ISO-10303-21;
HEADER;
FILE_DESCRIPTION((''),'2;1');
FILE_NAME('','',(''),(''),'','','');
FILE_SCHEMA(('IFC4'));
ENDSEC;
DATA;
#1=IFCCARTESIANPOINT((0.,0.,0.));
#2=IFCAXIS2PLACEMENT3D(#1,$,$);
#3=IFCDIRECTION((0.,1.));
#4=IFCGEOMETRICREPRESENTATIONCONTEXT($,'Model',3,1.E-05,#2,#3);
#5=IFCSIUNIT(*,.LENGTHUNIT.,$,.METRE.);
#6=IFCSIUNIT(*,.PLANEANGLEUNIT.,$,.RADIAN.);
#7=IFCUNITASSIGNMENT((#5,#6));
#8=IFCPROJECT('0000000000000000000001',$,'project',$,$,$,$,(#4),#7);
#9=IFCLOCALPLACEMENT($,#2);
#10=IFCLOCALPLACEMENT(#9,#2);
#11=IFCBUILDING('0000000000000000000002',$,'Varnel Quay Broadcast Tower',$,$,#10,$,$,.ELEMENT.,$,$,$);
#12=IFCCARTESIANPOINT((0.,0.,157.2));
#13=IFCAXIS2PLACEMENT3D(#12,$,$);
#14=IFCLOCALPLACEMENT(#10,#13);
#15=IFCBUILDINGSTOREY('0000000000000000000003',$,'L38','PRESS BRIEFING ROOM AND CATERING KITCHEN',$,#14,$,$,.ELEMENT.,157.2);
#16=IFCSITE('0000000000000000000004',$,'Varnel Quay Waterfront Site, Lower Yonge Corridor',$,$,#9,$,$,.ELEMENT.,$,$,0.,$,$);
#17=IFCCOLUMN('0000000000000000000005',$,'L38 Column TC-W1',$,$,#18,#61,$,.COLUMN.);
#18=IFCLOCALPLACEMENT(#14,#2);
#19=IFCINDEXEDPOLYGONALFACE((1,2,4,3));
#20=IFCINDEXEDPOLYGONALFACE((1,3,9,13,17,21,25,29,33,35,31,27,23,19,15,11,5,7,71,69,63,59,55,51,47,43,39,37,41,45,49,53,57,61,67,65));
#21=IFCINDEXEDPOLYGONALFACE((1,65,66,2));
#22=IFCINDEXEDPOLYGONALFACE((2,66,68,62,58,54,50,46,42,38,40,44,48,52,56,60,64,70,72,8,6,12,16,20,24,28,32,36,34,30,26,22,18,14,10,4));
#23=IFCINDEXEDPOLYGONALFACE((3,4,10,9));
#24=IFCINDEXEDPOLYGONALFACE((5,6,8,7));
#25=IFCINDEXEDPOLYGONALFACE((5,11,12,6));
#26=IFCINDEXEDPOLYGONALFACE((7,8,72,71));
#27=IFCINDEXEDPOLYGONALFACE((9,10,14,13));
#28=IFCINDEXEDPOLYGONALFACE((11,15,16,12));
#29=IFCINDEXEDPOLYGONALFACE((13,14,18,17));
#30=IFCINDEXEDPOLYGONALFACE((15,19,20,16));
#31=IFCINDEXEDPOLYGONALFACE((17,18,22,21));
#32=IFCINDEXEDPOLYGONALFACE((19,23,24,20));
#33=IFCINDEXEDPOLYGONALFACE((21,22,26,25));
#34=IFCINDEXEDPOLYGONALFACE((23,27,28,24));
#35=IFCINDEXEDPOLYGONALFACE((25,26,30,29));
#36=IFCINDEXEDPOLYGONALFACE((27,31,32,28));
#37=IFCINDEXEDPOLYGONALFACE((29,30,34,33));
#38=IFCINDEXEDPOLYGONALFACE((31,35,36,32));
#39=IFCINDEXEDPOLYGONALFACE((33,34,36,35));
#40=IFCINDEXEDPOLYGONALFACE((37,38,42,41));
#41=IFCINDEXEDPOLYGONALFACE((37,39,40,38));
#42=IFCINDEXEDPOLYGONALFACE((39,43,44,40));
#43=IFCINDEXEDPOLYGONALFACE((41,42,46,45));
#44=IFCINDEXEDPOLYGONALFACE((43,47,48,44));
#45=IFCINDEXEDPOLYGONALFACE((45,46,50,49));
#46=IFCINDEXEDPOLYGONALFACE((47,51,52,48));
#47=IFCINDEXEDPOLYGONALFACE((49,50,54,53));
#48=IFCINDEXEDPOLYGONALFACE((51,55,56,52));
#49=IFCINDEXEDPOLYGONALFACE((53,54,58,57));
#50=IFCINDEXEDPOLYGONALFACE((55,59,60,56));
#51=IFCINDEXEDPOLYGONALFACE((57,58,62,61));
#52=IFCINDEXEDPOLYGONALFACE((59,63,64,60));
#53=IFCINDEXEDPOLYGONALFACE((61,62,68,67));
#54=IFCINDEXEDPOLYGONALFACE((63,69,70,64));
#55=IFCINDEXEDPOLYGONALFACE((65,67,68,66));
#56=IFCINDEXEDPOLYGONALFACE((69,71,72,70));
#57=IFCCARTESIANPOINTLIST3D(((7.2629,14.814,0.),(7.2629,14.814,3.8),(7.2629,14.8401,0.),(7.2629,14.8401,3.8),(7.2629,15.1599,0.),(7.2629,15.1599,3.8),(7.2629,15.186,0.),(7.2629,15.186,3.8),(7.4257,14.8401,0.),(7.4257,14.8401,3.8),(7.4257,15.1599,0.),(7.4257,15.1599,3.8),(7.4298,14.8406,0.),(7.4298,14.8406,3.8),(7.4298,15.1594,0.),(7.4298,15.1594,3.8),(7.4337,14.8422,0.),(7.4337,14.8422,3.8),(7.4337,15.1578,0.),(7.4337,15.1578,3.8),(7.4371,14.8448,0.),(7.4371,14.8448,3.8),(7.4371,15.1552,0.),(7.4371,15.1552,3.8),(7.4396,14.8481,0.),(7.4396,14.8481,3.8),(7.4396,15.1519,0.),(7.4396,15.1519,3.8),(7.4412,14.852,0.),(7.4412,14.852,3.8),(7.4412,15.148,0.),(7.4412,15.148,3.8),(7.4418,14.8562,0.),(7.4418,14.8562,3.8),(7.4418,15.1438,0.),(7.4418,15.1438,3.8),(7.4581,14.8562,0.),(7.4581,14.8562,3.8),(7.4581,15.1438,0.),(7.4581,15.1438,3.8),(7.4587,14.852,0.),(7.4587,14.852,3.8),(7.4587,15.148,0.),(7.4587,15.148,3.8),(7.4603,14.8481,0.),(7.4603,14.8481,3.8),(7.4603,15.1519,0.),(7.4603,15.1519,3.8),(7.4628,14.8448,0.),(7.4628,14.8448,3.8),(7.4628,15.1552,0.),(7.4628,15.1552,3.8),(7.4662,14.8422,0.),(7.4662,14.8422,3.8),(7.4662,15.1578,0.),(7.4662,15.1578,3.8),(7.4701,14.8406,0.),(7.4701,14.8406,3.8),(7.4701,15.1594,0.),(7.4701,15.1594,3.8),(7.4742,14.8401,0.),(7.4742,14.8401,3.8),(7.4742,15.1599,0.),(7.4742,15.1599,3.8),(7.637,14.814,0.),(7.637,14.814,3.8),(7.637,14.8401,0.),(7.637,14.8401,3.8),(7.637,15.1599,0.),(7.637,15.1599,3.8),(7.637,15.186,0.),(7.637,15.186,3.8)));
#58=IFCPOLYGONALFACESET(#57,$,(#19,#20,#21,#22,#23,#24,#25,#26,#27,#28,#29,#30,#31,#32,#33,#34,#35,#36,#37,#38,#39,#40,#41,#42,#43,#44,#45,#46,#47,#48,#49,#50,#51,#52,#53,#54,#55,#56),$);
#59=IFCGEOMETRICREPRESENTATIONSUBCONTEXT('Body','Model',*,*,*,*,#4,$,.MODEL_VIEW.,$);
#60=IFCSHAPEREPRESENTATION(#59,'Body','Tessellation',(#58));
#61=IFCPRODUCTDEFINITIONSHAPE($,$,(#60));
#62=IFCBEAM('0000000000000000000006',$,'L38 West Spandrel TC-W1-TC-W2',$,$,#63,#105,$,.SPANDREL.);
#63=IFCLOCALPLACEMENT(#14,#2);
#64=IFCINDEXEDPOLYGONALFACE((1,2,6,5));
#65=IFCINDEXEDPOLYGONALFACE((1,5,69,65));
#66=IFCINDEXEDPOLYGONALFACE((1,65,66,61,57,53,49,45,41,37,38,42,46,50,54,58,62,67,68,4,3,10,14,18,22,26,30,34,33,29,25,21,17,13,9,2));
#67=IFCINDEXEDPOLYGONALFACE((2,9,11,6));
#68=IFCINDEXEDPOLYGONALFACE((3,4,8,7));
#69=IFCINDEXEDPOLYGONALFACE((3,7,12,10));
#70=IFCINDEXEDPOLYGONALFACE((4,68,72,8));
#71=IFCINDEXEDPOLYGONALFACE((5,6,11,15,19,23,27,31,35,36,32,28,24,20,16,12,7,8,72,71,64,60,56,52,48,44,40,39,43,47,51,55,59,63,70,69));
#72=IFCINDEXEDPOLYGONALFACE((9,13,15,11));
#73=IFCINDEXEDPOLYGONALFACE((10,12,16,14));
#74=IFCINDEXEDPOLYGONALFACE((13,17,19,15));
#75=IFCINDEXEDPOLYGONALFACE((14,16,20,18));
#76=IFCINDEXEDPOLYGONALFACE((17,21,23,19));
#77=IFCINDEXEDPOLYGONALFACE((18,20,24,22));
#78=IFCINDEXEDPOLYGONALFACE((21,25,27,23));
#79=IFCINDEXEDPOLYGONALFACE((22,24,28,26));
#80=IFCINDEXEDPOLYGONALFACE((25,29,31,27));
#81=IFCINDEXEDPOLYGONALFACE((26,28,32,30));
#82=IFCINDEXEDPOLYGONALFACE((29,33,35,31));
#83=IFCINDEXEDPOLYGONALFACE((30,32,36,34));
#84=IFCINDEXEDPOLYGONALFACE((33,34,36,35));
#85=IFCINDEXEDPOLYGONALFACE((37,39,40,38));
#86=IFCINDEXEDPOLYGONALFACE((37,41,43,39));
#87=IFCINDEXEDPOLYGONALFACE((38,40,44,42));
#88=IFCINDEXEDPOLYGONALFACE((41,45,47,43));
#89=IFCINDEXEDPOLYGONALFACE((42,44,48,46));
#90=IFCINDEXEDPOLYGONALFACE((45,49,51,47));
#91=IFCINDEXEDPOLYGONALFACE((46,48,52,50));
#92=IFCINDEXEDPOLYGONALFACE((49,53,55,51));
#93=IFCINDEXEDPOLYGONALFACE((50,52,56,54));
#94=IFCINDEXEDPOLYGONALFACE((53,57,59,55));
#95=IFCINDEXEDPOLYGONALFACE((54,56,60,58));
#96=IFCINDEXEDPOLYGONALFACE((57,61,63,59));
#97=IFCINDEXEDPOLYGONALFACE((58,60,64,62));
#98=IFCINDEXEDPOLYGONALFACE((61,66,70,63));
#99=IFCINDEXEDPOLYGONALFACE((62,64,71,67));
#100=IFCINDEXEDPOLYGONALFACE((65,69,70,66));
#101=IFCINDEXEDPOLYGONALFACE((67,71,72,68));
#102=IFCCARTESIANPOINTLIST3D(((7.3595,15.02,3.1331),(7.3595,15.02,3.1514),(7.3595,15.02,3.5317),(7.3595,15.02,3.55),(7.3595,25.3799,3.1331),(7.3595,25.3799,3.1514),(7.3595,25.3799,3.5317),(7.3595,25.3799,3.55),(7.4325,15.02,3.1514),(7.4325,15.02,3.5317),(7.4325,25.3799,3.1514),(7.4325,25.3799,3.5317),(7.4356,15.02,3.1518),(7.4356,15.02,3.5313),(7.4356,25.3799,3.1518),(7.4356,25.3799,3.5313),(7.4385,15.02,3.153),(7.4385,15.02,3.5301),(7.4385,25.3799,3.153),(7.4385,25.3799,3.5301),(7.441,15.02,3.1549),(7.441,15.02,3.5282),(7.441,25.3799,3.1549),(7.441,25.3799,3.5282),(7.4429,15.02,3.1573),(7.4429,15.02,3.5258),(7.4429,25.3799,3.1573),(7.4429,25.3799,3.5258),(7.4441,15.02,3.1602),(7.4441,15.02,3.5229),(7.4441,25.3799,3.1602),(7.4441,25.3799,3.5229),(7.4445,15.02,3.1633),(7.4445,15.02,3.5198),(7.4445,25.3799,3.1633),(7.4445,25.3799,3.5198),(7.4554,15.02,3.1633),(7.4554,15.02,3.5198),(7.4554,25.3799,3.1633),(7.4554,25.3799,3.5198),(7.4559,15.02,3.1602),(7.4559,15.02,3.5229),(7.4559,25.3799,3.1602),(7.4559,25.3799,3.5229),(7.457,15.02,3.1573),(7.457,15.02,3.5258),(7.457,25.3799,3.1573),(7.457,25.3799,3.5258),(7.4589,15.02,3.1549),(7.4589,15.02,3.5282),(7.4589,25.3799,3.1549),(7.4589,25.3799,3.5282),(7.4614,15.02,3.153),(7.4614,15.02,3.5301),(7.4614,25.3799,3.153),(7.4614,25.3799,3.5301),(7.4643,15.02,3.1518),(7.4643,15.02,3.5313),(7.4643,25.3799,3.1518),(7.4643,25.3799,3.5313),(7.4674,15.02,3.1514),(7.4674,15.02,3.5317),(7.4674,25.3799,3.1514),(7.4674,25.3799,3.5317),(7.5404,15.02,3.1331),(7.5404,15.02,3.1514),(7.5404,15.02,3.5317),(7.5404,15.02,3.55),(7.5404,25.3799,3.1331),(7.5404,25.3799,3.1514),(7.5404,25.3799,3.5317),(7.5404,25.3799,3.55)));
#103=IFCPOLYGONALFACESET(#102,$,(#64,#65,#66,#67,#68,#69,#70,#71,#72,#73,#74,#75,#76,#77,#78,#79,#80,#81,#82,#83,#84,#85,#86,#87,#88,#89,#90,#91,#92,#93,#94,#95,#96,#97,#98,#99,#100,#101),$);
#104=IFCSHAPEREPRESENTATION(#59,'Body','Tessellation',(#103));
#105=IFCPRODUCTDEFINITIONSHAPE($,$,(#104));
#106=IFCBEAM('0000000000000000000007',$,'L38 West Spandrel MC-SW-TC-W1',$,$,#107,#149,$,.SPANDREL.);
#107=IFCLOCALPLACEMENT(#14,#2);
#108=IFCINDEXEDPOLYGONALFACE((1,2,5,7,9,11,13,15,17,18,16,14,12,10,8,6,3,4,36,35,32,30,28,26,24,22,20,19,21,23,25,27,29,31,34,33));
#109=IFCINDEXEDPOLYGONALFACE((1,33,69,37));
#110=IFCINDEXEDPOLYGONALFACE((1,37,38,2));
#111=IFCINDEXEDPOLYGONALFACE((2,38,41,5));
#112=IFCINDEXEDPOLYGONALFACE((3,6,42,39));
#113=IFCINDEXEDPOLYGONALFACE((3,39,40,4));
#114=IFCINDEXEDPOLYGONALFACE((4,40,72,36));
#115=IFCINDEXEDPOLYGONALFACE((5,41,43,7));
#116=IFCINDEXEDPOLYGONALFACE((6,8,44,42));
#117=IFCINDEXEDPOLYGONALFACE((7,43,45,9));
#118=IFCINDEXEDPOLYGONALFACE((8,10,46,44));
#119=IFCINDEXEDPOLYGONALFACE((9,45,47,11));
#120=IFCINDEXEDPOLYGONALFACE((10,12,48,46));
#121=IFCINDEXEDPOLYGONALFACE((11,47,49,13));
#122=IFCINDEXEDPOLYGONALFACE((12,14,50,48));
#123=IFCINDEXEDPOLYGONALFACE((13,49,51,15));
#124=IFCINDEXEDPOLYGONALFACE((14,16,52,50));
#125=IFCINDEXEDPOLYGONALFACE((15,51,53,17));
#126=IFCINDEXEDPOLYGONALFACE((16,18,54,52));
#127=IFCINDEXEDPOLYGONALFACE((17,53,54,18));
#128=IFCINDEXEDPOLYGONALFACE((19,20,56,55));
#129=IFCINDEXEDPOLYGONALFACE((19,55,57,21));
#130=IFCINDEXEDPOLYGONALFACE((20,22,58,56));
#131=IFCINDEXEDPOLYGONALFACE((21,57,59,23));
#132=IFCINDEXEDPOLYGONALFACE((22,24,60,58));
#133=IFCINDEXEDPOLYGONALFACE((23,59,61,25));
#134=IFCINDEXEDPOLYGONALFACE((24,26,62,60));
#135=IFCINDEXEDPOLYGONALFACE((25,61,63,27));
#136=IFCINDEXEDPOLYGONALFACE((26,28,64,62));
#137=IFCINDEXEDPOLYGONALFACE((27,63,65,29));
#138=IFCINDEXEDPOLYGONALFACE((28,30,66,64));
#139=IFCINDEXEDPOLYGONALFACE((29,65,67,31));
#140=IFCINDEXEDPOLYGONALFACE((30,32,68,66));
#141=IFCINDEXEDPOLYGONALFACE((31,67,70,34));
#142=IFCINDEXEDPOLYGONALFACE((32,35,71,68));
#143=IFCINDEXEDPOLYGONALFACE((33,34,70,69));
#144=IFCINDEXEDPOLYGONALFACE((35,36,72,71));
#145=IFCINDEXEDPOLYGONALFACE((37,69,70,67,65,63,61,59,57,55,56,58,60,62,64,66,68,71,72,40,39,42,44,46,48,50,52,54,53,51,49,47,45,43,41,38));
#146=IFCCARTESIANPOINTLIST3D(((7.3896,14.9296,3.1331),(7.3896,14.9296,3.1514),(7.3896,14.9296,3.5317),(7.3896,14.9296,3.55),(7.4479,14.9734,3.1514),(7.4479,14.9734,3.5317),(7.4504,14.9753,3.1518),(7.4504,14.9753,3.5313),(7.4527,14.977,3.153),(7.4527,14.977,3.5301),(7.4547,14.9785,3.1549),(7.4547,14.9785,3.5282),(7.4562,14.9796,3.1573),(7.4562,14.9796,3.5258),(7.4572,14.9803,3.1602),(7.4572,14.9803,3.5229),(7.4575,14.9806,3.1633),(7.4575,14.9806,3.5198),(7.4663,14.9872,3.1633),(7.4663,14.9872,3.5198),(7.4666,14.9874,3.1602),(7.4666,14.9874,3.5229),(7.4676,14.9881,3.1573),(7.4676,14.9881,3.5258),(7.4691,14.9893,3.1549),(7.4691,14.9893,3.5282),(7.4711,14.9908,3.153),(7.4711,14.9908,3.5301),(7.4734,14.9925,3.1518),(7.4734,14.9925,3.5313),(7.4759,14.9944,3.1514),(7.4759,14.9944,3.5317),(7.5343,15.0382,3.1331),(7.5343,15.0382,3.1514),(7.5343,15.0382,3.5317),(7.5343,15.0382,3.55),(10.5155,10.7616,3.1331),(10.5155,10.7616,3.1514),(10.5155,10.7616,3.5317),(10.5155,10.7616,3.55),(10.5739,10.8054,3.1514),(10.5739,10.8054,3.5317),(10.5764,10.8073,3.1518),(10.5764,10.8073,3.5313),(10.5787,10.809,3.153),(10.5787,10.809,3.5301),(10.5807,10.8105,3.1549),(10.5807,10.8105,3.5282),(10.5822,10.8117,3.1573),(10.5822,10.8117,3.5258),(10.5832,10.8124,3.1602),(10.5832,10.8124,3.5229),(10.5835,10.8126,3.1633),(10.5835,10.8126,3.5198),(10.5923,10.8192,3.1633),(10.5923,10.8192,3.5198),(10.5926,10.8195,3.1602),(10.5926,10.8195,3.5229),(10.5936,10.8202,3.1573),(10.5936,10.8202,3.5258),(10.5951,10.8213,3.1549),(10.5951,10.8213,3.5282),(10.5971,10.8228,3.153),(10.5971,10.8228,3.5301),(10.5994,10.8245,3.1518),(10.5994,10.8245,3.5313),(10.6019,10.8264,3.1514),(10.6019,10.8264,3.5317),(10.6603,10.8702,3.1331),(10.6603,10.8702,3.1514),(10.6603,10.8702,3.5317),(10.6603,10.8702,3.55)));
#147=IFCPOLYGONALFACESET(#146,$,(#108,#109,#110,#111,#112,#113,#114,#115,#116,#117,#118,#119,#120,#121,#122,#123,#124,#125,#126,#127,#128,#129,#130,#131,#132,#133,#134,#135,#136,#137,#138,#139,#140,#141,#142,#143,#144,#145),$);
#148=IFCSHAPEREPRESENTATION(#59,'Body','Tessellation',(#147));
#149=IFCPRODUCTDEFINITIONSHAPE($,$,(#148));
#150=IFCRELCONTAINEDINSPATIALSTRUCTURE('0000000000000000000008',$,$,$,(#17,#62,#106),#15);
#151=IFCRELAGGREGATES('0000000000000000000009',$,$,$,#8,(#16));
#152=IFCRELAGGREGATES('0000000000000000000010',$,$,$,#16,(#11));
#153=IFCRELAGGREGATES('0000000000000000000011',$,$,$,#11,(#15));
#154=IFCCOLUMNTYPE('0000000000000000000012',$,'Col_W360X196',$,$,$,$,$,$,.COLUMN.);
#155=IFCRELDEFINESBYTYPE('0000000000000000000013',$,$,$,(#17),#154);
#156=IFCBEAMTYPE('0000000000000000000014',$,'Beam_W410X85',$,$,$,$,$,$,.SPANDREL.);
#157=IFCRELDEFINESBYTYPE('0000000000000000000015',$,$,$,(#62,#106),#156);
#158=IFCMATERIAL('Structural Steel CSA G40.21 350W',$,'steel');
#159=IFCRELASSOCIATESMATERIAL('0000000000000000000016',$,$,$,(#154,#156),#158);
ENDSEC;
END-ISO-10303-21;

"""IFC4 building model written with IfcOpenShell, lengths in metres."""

from ifc_helpers import new_model, si_unit, direction, frame, origin, origin_2d, place, context, subcontext, project, spatial, i_section, extrude, source, transform, mapped, material, material_profile, profile_set, type_object, type_shapes, element, save


model = new_model("IFC4")

# Units and contexts
model_context = context("Model", 3, precision=1e-05, world=origin(), true_north=direction((0.0, 1.0)))
body_context = subcontext(model_context, "Body", "Model", "MODEL_VIEW")
ifc_project = project(units=[si_unit("LENGTHUNIT", "METRE"), si_unit("PLANEANGLEUNIT", "RADIAN")], contexts=[model_context])

# Site, building, storey
site_placement = place(None, origin())
site = spatial("IfcSite", under=ifc_project, at=site_placement, Name="Varnel Quay Waterfront Site, Lower Yonge Corridor", CompositionType="ELEMENT", RefElevation=0.0)
building_placement = place(site_placement, origin())
building = spatial("IfcBuilding", under=site, at=building_placement, Name="Varnel Quay Broadcast Tower", CompositionType="ELEMENT")
storey_placement = place(building_placement, frame((0.0, 0.0, 157.2)))
storey = spatial("IfcBuildingStorey", under=building, at=storey_placement, Name="L38", Description="PRESS BRIEFING ROOM AND CATERING KITCHEN", CompositionType="ELEMENT", Elevation=157.2)

# Column
ifc_material_1 = material(Name="Structural Steel CSA G40.21 350W", Category="steel")
ifc_material_profile_1 = material_profile(ifc_material_1, i_section(OverallWidth=0.374, OverallDepth=0.3721, WebThickness=0.0164, FlangeThickness=0.0261, FilletRadius=0.0161, at=origin_2d()), Name="W360X196")
ifc_profile_set_1 = profile_set([ifc_material_profile_1], Name="Structural Steel CSA G40.21 350W")
column_type = type_object("IfcColumnType", Name="Col_W360X196", PredefinedType="COLUMN", material=ifc_profile_set_1)
shared_shape_1 = source(origin(), body_context, "Body", "SweptSolid", [
    extrude(i_section(OverallWidth=0.374, OverallDepth=0.3721, WebThickness=0.0164, FlangeThickness=0.0261, FilletRadius=0.0161, at=origin_2d()), origin(), (0.0, 0.0, 1.0), 3.8),
])
type_shapes(column_type, [shared_shape_1])
column_placement = place(storey_placement, frame((7.45, 15.0, 0.0), z_axis=(0.0, 0.0, 1.0), x_axis=(1.0, 0.0, 0.0)))
element("IfcColumn", 1, at=column_placement, inside=storey, type_object=column_type, Name="L38 Column TC-W1", PredefinedType="COLUMN", context=body_context, shape_type="MappedRepresentation", body=[
    mapped(shared_shape_1, transform((0.0, 0.0, 0.0), x_axis=(1.0, 0.0, 0.0), y_axis=(0.0, 1.0, 0.0), z_axis=(0.0, 0.0, 1.0), scale=1.0)),
])

# Beams
ifc_material_profile_2 = material_profile(ifc_material_1, i_section(OverallWidth=0.1809, OverallDepth=0.417, WebThickness=0.011, FlangeThickness=0.0183, FilletRadius=0.012, at=origin_2d()), Name="W410X85")
ifc_profile_set_2 = profile_set([ifc_material_profile_2], Name="Structural Steel CSA G40.21 350W")
beam_type_1 = type_object("IfcBeamType", Name="Beam_W410X85", PredefinedType="SPANDREL", material=ifc_profile_set_2)
shared_shape_2 = source(origin(), body_context, "Body", "SweptSolid", [
    extrude(i_section(OverallWidth=0.1809, OverallDepth=0.417, WebThickness=0.011, FlangeThickness=0.0183, FilletRadius=0.012, at=origin_2d()), origin(), (0.0, 0.0, 1.0), 10.3599),
])
beam_1_placement = place(storey_placement, frame((7.45, 15.02, 3.3416), z_axis=(0.0, 1.0, 0.0), x_axis=(-1.0, 0.0, 0.0)))
element("IfcBeam", 2, at=beam_1_placement, inside=storey, type_object=beam_type_1, Name="L38 West Spandrel TC-W1-TC-W2", PredefinedType="SPANDREL", context=body_context, shape_type="MappedRepresentation", body=[
    mapped(shared_shape_2, transform((0.0, 0.0, 0.0), x_axis=(1.0, 0.0, 0.0), y_axis=(0.0, 1.0, 0.0), z_axis=(0.0, 0.0, 1.0), scale=1.0)),
])
shared_shape_3 = source(origin(), body_context, "Body", "SweptSolid", [
    extrude(i_section(OverallWidth=0.1809, OverallDepth=0.417, WebThickness=0.011, FlangeThickness=0.0183, FilletRadius=0.012, at=origin_2d()), origin(), (0.0, 0.0, 1.0), 5.21),
])
type_shapes(beam_type_1, [shared_shape_2, shared_shape_3])
beam_2_placement = place(storey_placement, frame((10.5879, 10.8159, 3.3416), z_axis=(-0.6, 0.8, 0.0), x_axis=(-0.8, -0.6, 0.0)))
element("IfcBeam", 3, at=beam_2_placement, inside=storey, type_object=beam_type_1, Name="L38 West Spandrel MC-SW-TC-W1", PredefinedType="SPANDREL", context=body_context, shape_type="MappedRepresentation", body=[
    mapped(shared_shape_3, transform((0.0, 0.0, 0.0), x_axis=(1.0, 0.0, 0.0), y_axis=(0.0, 1.0, 0.0), z_axis=(0.0, 0.0, 1.0), scale=1.0)),
])

save(model, "model.ifc")
